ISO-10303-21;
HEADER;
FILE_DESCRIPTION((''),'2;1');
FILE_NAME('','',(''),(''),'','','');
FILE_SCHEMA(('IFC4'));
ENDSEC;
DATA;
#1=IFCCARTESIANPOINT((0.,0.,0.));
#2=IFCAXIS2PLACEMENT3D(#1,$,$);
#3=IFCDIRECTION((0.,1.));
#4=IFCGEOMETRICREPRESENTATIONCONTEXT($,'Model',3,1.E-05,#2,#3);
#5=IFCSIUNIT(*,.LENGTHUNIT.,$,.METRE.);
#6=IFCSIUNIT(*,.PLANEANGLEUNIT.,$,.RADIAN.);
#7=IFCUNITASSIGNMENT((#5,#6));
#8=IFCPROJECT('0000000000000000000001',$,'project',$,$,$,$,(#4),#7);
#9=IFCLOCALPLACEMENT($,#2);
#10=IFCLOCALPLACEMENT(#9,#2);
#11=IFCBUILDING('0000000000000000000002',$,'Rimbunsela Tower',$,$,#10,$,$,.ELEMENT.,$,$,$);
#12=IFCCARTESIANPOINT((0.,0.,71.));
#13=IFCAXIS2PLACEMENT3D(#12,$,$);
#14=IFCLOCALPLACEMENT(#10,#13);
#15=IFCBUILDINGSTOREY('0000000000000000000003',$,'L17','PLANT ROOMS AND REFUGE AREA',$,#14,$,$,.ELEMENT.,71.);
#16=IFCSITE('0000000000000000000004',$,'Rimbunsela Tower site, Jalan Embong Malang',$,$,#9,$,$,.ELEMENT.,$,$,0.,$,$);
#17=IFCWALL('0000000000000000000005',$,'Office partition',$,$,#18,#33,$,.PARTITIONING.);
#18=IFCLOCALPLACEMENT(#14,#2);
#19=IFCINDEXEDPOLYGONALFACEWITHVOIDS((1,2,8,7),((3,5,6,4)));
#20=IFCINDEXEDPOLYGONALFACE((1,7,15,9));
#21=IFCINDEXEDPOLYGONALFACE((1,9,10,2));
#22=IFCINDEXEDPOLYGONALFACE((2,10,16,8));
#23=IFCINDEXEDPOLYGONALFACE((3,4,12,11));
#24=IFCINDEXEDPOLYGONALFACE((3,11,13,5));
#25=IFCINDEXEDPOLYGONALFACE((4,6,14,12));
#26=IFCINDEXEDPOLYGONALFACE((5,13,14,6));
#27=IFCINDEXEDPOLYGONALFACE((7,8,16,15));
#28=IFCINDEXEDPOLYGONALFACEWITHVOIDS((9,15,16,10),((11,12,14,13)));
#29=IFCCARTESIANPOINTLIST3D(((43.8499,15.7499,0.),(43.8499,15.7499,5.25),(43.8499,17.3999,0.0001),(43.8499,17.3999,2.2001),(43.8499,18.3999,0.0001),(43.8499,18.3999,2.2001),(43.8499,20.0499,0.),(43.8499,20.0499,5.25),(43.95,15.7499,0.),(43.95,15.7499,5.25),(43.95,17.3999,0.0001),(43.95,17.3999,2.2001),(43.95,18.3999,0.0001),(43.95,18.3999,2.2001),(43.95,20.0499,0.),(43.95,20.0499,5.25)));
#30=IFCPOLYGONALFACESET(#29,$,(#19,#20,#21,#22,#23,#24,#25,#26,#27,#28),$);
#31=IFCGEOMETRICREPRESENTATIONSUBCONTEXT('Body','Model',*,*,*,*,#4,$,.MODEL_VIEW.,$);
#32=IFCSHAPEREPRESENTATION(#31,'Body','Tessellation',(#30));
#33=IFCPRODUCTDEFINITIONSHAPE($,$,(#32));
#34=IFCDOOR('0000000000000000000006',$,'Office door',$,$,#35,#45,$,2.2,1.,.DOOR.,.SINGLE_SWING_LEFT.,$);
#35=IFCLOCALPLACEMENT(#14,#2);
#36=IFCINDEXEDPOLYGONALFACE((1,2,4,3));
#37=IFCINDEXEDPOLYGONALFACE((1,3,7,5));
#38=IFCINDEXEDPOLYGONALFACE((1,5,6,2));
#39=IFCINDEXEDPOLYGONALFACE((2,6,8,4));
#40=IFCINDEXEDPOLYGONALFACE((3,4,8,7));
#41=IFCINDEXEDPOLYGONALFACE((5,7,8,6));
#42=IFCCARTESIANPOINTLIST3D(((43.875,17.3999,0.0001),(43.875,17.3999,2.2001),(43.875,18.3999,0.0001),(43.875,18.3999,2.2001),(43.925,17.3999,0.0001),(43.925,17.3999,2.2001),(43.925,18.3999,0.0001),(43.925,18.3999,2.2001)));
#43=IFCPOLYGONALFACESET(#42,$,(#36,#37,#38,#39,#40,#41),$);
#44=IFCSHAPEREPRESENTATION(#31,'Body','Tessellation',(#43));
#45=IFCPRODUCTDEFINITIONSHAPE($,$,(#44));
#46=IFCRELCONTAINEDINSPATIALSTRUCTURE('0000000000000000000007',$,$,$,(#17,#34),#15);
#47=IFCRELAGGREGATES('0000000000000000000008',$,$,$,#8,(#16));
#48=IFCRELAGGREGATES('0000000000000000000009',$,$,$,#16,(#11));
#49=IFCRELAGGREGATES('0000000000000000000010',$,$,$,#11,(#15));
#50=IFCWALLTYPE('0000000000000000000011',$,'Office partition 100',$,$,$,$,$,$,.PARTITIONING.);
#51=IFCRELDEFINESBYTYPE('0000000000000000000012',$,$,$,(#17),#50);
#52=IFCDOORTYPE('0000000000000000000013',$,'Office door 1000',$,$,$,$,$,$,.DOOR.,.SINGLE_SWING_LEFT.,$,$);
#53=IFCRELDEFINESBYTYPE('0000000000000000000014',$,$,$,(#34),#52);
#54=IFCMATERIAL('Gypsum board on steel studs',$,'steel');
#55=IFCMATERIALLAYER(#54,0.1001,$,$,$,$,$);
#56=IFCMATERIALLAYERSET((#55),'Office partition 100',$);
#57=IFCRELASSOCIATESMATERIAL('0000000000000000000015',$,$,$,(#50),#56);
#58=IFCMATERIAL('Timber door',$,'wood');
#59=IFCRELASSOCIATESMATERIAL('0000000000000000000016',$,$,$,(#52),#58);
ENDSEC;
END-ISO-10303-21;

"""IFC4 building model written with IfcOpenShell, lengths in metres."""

from ifc_helpers import new_model, si_unit, direction, frame, frame_2d, origin, place, context, subcontext, project, spatial, rectangle, extrude, material, layer, layer_set, type_object, element, fill, save


model = new_model("IFC4")

# Units and contexts
model_context = context("Model", 3, precision=1e-05, world=origin(), true_north=direction((0.0, 1.0)))
body_context = subcontext(model_context, "Body", "Model", "MODEL_VIEW")
ifc_project = project(units=[si_unit("LENGTHUNIT", "METRE"), si_unit("PLANEANGLEUNIT", "RADIAN")], contexts=[model_context])

# Site, building, storey
site_placement = place(None, origin())
site = spatial("IfcSite", under=ifc_project, at=site_placement, Name="Rimbunsela Tower site, Jalan Embong Malang", CompositionType="ELEMENT", RefElevation=0.0)
building_placement = place(site_placement, origin())
building = spatial("IfcBuilding", under=site, at=building_placement, Name="Rimbunsela Tower", CompositionType="ELEMENT")
storey_placement = place(building_placement, frame((0.0, 0.0, 71.0)))
storey = spatial("IfcBuildingStorey", under=building, at=storey_placement, Name="L17", Description="PLANT ROOMS AND REFUGE AREA", CompositionType="ELEMENT", Elevation=71.0)

# Wall, opening, door
ifc_material_1 = material(Name="Gypsum board on steel studs", Category="steel")
ifc_layer = layer(ifc_material_1, 0.1001)
ifc_layer_set = layer_set([ifc_layer], Name="Office partition 100")
wall_type = type_object("IfcWallType", Name="Office partition 100", PredefinedType="PARTITIONING", material=ifc_layer_set)
wall_placement = place(storey_placement, frame((43.8999, 15.75, 0.0), z_axis=(0.0, 0.0, 1.0), x_axis=(0.0, 1.0, 0.0)))
wall = element("IfcWall", 1, at=wall_placement, inside=storey, type_object=wall_type, Name="Office partition", PredefinedType="PARTITIONING", context=body_context, shape_type="SweptSolid", body=[
    extrude(rectangle(XDim=4.3, YDim=0.1001, at=frame_2d((2.1499, 0.0))), origin(), (0.0, 0.0, 1.0), 5.25),
])
opening_placement = place(wall_placement, frame((1.6499, 0.0, 0.0)))
opening = element("IfcOpeningElement", 2, at=opening_placement, cuts=wall, PredefinedType="OPENING", context=body_context, shape_type="SweptSolid", body=[
    extrude(rectangle(XDim=1.0, YDim=2.2, at=frame_2d((0.5, 1.1001))), frame((0.0, 0.0601, 0.0), z_axis=(0.0, -1.0, 0.0), x_axis=(1.0, 0.0, 0.0)), (0.0, 0.0, 1.0), 0.1201),
])
ifc_material_2 = material(Name="Timber door", Category="wood")
door_type = type_object("IfcDoorType", Name="Office door 1000", OperationType="SINGLE_SWING_LEFT", PredefinedType="DOOR", material=ifc_material_2)
door_placement = place(opening_placement, origin())
door = element("IfcDoor", 3, at=door_placement, inside=storey, type_object=door_type, Name="Office door", OperationType="SINGLE_SWING_LEFT", OverallHeight=2.2, OverallWidth=1.0, PredefinedType="DOOR", context=body_context, shape_type="SweptSolid", body=[
    extrude(rectangle(XDim=1.0, YDim=2.2, at=frame_2d((0.5, 1.1001))), frame((0.0, 0.0249, 0.0), z_axis=(0.0, -1.0, 0.0), x_axis=(1.0, 0.0, 0.0)), (0.0, 0.0, 1.0), 0.05),
])
fill(opening, door)

save(model, "model.ifc")
